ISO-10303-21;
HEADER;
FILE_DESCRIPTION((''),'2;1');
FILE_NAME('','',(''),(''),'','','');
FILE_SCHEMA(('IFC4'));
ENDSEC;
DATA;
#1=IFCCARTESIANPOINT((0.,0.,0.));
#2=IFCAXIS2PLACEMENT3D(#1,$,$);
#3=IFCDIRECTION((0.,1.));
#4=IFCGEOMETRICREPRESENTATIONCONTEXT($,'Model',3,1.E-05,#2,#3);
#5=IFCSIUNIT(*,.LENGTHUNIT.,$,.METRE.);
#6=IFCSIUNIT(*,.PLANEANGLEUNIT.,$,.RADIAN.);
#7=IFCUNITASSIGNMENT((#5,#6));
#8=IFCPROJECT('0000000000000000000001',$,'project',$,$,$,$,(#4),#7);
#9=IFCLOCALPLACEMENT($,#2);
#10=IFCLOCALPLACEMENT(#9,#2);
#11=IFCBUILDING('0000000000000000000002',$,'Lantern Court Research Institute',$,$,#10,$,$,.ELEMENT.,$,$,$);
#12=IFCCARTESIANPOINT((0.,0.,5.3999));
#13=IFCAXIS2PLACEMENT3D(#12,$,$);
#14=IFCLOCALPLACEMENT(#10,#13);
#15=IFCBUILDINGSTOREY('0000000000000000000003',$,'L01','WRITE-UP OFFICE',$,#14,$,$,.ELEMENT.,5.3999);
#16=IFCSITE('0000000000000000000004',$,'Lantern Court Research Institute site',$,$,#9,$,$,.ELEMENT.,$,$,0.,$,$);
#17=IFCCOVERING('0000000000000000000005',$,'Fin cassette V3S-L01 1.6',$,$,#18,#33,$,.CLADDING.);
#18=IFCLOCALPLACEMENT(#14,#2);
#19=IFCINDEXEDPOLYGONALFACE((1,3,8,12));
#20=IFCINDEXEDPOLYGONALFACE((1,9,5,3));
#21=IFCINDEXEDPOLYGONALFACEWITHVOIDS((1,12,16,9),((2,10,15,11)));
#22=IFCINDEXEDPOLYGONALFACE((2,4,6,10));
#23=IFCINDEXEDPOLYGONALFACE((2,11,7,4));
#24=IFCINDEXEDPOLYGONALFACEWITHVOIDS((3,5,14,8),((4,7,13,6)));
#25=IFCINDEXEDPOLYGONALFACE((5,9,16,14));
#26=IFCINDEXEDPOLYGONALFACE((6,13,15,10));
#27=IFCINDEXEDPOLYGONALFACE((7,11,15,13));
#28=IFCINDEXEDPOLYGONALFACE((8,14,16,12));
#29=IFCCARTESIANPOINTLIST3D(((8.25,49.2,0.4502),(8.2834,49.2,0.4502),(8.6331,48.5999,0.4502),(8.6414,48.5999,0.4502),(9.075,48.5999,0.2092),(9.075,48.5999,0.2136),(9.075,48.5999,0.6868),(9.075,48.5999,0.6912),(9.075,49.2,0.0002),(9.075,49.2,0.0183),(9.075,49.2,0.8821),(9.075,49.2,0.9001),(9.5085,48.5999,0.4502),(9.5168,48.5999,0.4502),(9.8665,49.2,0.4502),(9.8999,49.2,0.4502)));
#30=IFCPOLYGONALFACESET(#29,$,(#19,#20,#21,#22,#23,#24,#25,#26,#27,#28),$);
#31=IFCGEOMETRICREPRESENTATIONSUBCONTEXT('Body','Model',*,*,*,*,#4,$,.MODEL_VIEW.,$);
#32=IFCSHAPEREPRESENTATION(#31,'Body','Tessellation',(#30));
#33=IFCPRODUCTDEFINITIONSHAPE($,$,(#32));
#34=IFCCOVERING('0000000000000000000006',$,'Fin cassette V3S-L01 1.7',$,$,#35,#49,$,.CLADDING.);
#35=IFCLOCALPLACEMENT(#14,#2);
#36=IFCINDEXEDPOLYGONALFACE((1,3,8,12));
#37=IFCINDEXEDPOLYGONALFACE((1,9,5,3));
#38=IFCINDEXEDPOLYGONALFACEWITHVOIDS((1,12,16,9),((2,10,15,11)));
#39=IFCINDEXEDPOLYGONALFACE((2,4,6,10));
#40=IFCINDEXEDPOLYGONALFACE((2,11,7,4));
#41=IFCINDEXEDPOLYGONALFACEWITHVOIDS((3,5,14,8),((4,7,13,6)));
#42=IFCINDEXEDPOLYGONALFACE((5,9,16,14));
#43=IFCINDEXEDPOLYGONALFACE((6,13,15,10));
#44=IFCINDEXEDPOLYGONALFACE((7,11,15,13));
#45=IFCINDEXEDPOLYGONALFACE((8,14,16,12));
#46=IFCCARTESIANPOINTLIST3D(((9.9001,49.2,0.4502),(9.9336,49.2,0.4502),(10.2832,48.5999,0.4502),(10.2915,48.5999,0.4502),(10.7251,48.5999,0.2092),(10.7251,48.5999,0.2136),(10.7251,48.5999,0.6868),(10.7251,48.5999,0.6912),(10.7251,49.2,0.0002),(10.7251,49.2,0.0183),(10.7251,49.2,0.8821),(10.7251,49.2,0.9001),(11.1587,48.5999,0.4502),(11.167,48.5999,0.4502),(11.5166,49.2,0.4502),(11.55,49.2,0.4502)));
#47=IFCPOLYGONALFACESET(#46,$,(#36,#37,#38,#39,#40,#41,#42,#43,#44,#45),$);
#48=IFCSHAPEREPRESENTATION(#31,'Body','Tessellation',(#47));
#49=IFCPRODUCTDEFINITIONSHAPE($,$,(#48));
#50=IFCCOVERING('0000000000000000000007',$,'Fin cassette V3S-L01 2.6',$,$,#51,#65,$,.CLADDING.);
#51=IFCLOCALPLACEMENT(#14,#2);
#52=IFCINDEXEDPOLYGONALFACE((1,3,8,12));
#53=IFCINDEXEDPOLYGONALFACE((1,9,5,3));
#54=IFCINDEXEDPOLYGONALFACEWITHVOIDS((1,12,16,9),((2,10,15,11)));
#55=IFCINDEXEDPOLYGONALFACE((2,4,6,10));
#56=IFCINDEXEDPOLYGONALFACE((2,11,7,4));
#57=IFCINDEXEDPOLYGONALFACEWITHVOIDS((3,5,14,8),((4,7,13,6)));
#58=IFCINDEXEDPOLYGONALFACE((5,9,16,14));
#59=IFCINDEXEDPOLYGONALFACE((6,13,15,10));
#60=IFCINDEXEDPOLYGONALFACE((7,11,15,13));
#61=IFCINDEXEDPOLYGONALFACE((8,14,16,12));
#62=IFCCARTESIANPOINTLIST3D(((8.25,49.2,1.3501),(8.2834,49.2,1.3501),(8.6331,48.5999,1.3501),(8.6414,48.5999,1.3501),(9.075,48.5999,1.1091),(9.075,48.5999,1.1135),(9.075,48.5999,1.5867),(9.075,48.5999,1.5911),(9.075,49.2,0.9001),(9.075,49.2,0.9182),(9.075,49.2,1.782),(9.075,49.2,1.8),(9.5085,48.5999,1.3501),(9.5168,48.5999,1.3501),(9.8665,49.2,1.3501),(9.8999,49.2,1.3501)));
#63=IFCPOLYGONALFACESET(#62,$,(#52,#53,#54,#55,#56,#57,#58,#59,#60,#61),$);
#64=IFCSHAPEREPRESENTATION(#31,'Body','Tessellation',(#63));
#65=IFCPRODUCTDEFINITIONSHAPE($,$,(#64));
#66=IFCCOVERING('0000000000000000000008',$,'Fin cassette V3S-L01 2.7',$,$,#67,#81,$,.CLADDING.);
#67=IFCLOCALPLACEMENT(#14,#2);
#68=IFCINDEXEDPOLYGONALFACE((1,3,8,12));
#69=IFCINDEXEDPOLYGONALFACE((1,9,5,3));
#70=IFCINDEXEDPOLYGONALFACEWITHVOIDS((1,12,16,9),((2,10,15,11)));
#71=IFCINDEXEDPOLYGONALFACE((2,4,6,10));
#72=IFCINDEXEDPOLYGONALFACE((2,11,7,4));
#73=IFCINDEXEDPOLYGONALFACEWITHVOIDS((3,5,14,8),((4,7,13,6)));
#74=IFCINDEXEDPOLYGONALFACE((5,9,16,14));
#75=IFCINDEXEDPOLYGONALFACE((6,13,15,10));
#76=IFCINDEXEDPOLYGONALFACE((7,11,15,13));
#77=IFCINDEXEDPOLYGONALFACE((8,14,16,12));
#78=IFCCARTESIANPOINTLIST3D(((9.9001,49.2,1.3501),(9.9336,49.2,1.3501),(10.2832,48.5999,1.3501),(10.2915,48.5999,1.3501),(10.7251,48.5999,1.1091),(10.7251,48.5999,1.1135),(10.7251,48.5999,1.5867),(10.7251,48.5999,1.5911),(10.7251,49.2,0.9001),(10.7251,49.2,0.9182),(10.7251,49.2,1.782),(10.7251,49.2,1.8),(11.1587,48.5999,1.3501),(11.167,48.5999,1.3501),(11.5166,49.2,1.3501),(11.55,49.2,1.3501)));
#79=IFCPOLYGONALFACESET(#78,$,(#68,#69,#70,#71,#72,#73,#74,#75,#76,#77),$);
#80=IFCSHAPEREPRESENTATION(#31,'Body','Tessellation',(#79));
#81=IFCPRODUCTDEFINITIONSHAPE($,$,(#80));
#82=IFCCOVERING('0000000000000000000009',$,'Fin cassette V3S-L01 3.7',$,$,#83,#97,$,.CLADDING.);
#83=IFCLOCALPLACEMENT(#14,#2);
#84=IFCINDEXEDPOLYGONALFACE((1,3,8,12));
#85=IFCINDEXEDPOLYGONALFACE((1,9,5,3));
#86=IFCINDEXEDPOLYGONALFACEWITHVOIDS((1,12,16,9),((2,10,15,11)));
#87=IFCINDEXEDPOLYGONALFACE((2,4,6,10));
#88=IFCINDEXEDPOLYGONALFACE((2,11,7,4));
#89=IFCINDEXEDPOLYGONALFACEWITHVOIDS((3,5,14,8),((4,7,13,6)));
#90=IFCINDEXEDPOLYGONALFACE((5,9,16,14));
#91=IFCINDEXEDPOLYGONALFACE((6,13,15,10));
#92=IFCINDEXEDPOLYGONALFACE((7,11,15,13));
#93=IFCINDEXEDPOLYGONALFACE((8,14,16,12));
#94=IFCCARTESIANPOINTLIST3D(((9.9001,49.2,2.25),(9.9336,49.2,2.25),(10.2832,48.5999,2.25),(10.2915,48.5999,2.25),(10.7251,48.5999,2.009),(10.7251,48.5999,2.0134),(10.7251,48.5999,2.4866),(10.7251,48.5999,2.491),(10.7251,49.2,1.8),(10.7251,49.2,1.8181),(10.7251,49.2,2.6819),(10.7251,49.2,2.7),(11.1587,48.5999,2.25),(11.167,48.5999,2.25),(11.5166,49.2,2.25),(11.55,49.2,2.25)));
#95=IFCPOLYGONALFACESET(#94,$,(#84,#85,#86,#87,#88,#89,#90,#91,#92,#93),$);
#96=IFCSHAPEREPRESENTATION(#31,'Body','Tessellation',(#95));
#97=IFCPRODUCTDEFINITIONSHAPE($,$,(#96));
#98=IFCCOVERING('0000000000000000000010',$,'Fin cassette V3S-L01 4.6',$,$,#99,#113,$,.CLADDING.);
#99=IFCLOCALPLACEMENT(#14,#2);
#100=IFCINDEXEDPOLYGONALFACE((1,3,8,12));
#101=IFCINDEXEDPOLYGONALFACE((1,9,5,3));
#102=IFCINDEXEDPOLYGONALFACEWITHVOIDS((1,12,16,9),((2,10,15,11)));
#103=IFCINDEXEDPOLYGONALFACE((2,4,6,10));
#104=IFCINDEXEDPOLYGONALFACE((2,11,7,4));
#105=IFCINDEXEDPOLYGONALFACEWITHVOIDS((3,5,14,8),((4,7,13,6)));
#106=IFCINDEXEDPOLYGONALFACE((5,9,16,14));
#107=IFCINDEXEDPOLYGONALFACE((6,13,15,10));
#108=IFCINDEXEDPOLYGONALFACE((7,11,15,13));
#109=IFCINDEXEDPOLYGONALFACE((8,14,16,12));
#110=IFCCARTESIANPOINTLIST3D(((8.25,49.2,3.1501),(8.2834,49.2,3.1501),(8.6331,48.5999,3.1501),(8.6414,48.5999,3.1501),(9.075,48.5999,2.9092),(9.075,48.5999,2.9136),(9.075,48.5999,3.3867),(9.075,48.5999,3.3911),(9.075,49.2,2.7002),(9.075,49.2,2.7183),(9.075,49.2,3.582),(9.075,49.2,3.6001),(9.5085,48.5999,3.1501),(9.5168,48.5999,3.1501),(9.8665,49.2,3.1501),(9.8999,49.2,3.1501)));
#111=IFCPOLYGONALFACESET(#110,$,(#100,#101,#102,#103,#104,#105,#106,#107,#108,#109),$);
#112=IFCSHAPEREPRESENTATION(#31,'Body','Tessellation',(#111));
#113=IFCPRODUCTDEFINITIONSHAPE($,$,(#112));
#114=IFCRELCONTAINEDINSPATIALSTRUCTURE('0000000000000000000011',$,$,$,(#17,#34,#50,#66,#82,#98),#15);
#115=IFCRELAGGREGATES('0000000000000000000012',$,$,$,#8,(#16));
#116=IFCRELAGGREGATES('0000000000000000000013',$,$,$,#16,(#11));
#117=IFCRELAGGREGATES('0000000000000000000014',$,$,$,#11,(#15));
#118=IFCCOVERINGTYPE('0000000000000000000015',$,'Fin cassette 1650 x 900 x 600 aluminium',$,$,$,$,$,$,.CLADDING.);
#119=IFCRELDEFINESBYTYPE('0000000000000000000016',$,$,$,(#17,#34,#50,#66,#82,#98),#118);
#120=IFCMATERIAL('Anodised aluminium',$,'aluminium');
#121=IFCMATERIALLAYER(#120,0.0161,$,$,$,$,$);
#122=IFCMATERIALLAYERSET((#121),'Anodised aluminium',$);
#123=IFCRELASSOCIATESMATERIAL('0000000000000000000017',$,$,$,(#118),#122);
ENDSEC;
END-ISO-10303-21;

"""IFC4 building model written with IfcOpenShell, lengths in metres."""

from ifc_helpers import new_model, entity, si_unit, direction, frame, origin, place, context, subcontext, project, spatial, material, layer, layer_set, type_object, element, save


model = new_model("IFC4")

# Units and contexts
model_context = context("Model", 3, precision=1e-05, world=origin(), true_north=direction((0.0, 1.0)))
body_context = subcontext(model_context, "Body", "Model", "MODEL_VIEW")
ifc_project = project(units=[si_unit("LENGTHUNIT", "METRE"), si_unit("PLANEANGLEUNIT", "RADIAN")], contexts=[model_context])

# Site, building, storey
site_placement = place(None, origin())
site = spatial("IfcSite", under=ifc_project, at=site_placement, Name="Lantern Court Research Institute site", CompositionType="ELEMENT", RefElevation=0.0)
building_placement = place(site_placement, origin())
building = spatial("IfcBuilding", under=site, at=building_placement, Name="Lantern Court Research Institute", CompositionType="ELEMENT")
storey_placement = place(building_placement, frame((0.0, 0.0, 5.3999)))
storey = spatial("IfcBuildingStorey", under=building, at=storey_placement, Name="L01", Description="WRITE-UP OFFICE", CompositionType="ELEMENT", Elevation=5.3999)

# Coverings
ifc_material_1 = material(Name="Anodised aluminium", Category="aluminium")
ifc_layer_1 = layer(ifc_material_1, 0.0161)
ifc_layer_set_1 = layer_set([ifc_layer_1], Name="Anodised aluminium")
covering_type_1 = type_object("IfcCoveringType", Name="Fin cassette 1650 x 900 x 600 aluminium", PredefinedType="CLADDING", material=ifc_layer_set_1)
covering_1_placement = place(storey_placement, frame((9.075, 49.2, 0.4502), z_axis=(0.0, -1.0, 0.0), x_axis=(1.0, 0.0, 0.0)))
cartesian_point_1 = entity("IfcCartesianPoint", [0.825, 0.0])
cartesian_point_2 = entity("IfcCartesianPoint", [0.7915, 0.0])
cartesian_point_3 = entity("IfcCartesianPoint", [0.4419, 0.0])
cartesian_point_4 = entity("IfcCartesianPoint", [0.4336, 0.0])
element("IfcCovering", 1, at=covering_1_placement, inside=storey, type_object=covering_type_1, Name="Fin cassette V3S-L01 1.6", PredefinedType="CLADDING", context=body_context, shape_type="SweptSolid", body=[
    entity("IfcExtrudedAreaSolidTapered", entity("IfcArbitraryProfileDefWithVoids", "AREA", None, entity("IfcPolyline", [cartesian_point_1, entity("IfcCartesianPoint", [0.0, 0.45]), entity("IfcCartesianPoint", [-0.825, 0.0]), entity("IfcCartesianPoint", [0.0, -0.45]), cartesian_point_1]), [entity("IfcPolyline", [cartesian_point_2, entity("IfcCartesianPoint", [0.0, 0.4319]), entity("IfcCartesianPoint", [-0.7915, 0.0]), entity("IfcCartesianPoint", [0.0, -0.4319]), cartesian_point_2])]), entity("IfcAxis2Placement3D", entity("IfcCartesianPoint", [0.0, 0.0, 0.0])), entity("IfcDirection", [0.0, 0.0, 1.0]), 0.6001, entity("IfcArbitraryProfileDefWithVoids", "AREA", None, entity("IfcPolyline", [cartesian_point_3, entity("IfcCartesianPoint", [0.0, 0.241]), entity("IfcCartesianPoint", [-0.4419, 0.0]), entity("IfcCartesianPoint", [0.0, -0.241]), cartesian_point_3]), [entity("IfcPolyline", [cartesian_point_4, entity("IfcCartesianPoint", [0.0, 0.2366]), entity("IfcCartesianPoint", [-0.4336, 0.0]), entity("IfcCartesianPoint", [0.0, -0.2366]), cartesian_point_4])])),
])
covering_2_placement = place(storey_placement, frame((10.7251, 49.2, 0.4502), z_axis=(0.0, -1.0, 0.0), x_axis=(1.0, 0.0, 0.0)))
cartesian_point_5 = entity("IfcCartesianPoint", [0.825, 0.0])
cartesian_point_6 = entity("IfcCartesianPoint", [0.7915, 0.0])
cartesian_point_7 = entity("IfcCartesianPoint", [0.4419, 0.0])
cartesian_point_8 = entity("IfcCartesianPoint", [0.4336, 0.0])
element("IfcCovering", 2, at=covering_2_placement, inside=storey, type_object=covering_type_1, Name="Fin cassette V3S-L01 1.7", PredefinedType="CLADDING", context=body_context, shape_type="SweptSolid", body=[
    entity("IfcExtrudedAreaSolidTapered", entity("IfcArbitraryProfileDefWithVoids", "AREA", None, entity("IfcPolyline", [cartesian_point_5, entity("IfcCartesianPoint", [0.0, 0.45]), entity("IfcCartesianPoint", [-0.825, 0.0]), entity("IfcCartesianPoint", [0.0, -0.45]), cartesian_point_5]), [entity("IfcPolyline", [cartesian_point_6, entity("IfcCartesianPoint", [0.0, 0.4319]), entity("IfcCartesianPoint", [-0.7915, 0.0]), entity("IfcCartesianPoint", [0.0, -0.4319]), cartesian_point_6])]), entity("IfcAxis2Placement3D", entity("IfcCartesianPoint", [0.0, 0.0, 0.0])), entity("IfcDirection", [0.0, 0.0, 1.0]), 0.6001, entity("IfcArbitraryProfileDefWithVoids", "AREA", None, entity("IfcPolyline", [cartesian_point_7, entity("IfcCartesianPoint", [0.0, 0.241]), entity("IfcCartesianPoint", [-0.4419, 0.0]), entity("IfcCartesianPoint", [0.0, -0.241]), cartesian_point_7]), [entity("IfcPolyline", [cartesian_point_8, entity("IfcCartesianPoint", [0.0, 0.2366]), entity("IfcCartesianPoint", [-0.4336, 0.0]), entity("IfcCartesianPoint", [0.0, -0.2366]), cartesian_point_8])])),
])
covering_3_placement = place(storey_placement, frame((9.075, 49.2, 1.3501), z_axis=(0.0, -1.0, 0.0), x_axis=(1.0, 0.0, 0.0)))
cartesian_point_9 = entity("IfcCartesianPoint", [0.825, 0.0])
cartesian_point_10 = entity("IfcCartesianPoint", [0.7915, 0.0])
cartesian_point_11 = entity("IfcCartesianPoint", [0.4419, 0.0])
cartesian_point_12 = entity("IfcCartesianPoint", [0.4336, 0.0])
element("IfcCovering", 3, at=covering_3_placement, inside=storey, type_object=covering_type_1, Name="Fin cassette V3S-L01 2.6", PredefinedType="CLADDING", context=body_context, shape_type="SweptSolid", body=[
    entity("IfcExtrudedAreaSolidTapered", entity("IfcArbitraryProfileDefWithVoids", "AREA", None, entity("IfcPolyline", [cartesian_point_9, entity("IfcCartesianPoint", [0.0, 0.45]), entity("IfcCartesianPoint", [-0.825, 0.0]), entity("IfcCartesianPoint", [0.0, -0.45]), cartesian_point_9]), [entity("IfcPolyline", [cartesian_point_10, entity("IfcCartesianPoint", [0.0, 0.4319]), entity("IfcCartesianPoint", [-0.7915, 0.0]), entity("IfcCartesianPoint", [0.0, -0.4319]), cartesian_point_10])]), entity("IfcAxis2Placement3D", entity("IfcCartesianPoint", [0.0, 0.0, 0.0])), entity("IfcDirection", [0.0, 0.0, 1.0]), 0.6001, entity("IfcArbitraryProfileDefWithVoids", "AREA", None, entity("IfcPolyline", [cartesian_point_11, entity("IfcCartesianPoint", [0.0, 0.241]), entity("IfcCartesianPoint", [-0.4419, 0.0]), entity("IfcCartesianPoint", [0.0, -0.241]), cartesian_point_11]), [entity("IfcPolyline", [cartesian_point_12, entity("IfcCartesianPoint", [0.0, 0.2366]), entity("IfcCartesianPoint", [-0.4336, 0.0]), entity("IfcCartesianPoint", [0.0, -0.2366]), cartesian_point_12])])),
])
covering_4_placement = place(storey_placement, frame((10.7251, 49.2, 1.3501), z_axis=(0.0, -1.0, 0.0), x_axis=(1.0, 0.0, 0.0)))
cartesian_point_13 = entity("IfcCartesianPoint", [0.825, 0.0])
cartesian_point_14 = entity("IfcCartesianPoint", [0.7915, 0.0])
cartesian_point_15 = entity("IfcCartesianPoint", [0.4419, 0.0])
cartesian_point_16 = entity("IfcCartesianPoint", [0.4336, 0.0])
element("IfcCovering", 4, at=covering_4_placement, inside=storey, type_object=covering_type_1, Name="Fin cassette V3S-L01 2.7", PredefinedType="CLADDING", context=body_context, shape_type="SweptSolid", body=[
    entity("IfcExtrudedAreaSolidTapered", entity("IfcArbitraryProfileDefWithVoids", "AREA", None, entity("IfcPolyline", [cartesian_point_13, entity("IfcCartesianPoint", [0.0, 0.45]), entity("IfcCartesianPoint", [-0.825, 0.0]), entity("IfcCartesianPoint", [0.0, -0.45]), cartesian_point_13]), [entity("IfcPolyline", [cartesian_point_14, entity("IfcCartesianPoint", [0.0, 0.4319]), entity("IfcCartesianPoint", [-0.7915, 0.0]), entity("IfcCartesianPoint", [0.0, -0.4319]), cartesian_point_14])]), entity("IfcAxis2Placement3D", entity("IfcCartesianPoint", [0.0, 0.0, 0.0])), entity("IfcDirection", [0.0, 0.0, 1.0]), 0.6001, entity("IfcArbitraryProfileDefWithVoids", "AREA", None, entity("IfcPolyline", [cartesian_point_15, entity("IfcCartesianPoint", [0.0, 0.241]), entity("IfcCartesianPoint", [-0.4419, 0.0]), entity("IfcCartesianPoint", [0.0, -0.241]), cartesian_point_15]), [entity("IfcPolyline", [cartesian_point_16, entity("IfcCartesianPoint", [0.0, 0.2366]), entity("IfcCartesianPoint", [-0.4336, 0.0]), entity("IfcCartesianPoint", [0.0, -0.2366]), cartesian_point_16])])),
])
covering_5_placement = place(storey_placement, frame((10.7251, 49.2, 2.25), z_axis=(0.0, -1.0, 0.0), x_axis=(1.0, 0.0, 0.0)))
cartesian_point_17 = entity("IfcCartesianPoint", [0.825, 0.0])
cartesian_point_18 = entity("IfcCartesianPoint", [0.7915, 0.0])
cartesian_point_19 = entity("IfcCartesianPoint", [0.4419, 0.0])
cartesian_point_20 = entity("IfcCartesianPoint", [0.4336, 0.0])
element("IfcCovering", 5, at=covering_5_placement, inside=storey, type_object=covering_type_1, Name="Fin cassette V3S-L01 3.7", PredefinedType="CLADDING", context=body_context, shape_type="SweptSolid", body=[
    entity("IfcExtrudedAreaSolidTapered", entity("IfcArbitraryProfileDefWithVoids", "AREA", None, entity("IfcPolyline", [cartesian_point_17, entity("IfcCartesianPoint", [0.0, 0.45]), entity("IfcCartesianPoint", [-0.825, 0.0]), entity("IfcCartesianPoint", [0.0, -0.45]), cartesian_point_17]), [entity("IfcPolyline", [cartesian_point_18, entity("IfcCartesianPoint", [0.0, 0.4319]), entity("IfcCartesianPoint", [-0.7915, 0.0]), entity("IfcCartesianPoint", [0.0, -0.4319]), cartesian_point_18])]), entity("IfcAxis2Placement3D", entity("IfcCartesianPoint", [0.0, 0.0, 0.0])), entity("IfcDirection", [0.0, 0.0, 1.0]), 0.6001, entity("IfcArbitraryProfileDefWithVoids", "AREA", None, entity("IfcPolyline", [cartesian_point_19, entity("IfcCartesianPoint", [0.0, 0.241]), entity("IfcCartesianPoint", [-0.4419, 0.0]), entity("IfcCartesianPoint", [0.0, -0.241]), cartesian_point_19]), [entity("IfcPolyline", [cartesian_point_20, entity("IfcCartesianPoint", [0.0, 0.2366]), entity("IfcCartesianPoint", [-0.4336, 0.0]), entity("IfcCartesianPoint", [0.0, -0.2366]), cartesian_point_20])])),
])
covering_6_placement = place(storey_placement, frame((9.075, 49.2, 3.1501), z_axis=(0.0, -1.0, 0.0), x_axis=(1.0, 0.0, 0.0)))
cartesian_point_21 = entity("IfcCartesianPoint", [0.825, 0.0])
cartesian_point_22 = entity("IfcCartesianPoint", [0.7915, 0.0])
cartesian_point_23 = entity("IfcCartesianPoint", [0.4419, 0.0])
cartesian_point_24 = entity("IfcCartesianPoint", [0.4336, 0.0])
element("IfcCovering", 6, at=covering_6_placement, inside=storey, type_object=covering_type_1, Name="Fin cassette V3S-L01 4.6", PredefinedType="CLADDING", context=body_context, shape_type="SweptSolid", body=[
    entity("IfcExtrudedAreaSolidTapered", entity("IfcArbitraryProfileDefWithVoids", "AREA", None, entity("IfcPolyline", [cartesian_point_21, entity("IfcCartesianPoint", [0.0, 0.45]), entity("IfcCartesianPoint", [-0.825, 0.0]), entity("IfcCartesianPoint", [0.0, -0.45]), cartesian_point_21]), [entity("IfcPolyline", [cartesian_point_22, entity("IfcCartesianPoint", [0.0, 0.4319]), entity("IfcCartesianPoint", [-0.7915, 0.0]), entity("IfcCartesianPoint", [0.0, -0.4319]), cartesian_point_22])]), entity("IfcAxis2Placement3D", entity("IfcCartesianPoint", [0.0, 0.0, 0.0])), entity("IfcDirection", [0.0, 0.0, 1.0]), 0.6001, entity("IfcArbitraryProfileDefWithVoids", "AREA", None, entity("IfcPolyline", [cartesian_point_23, entity("IfcCartesianPoint", [0.0, 0.241]), entity("IfcCartesianPoint", [-0.4419, 0.0]), entity("IfcCartesianPoint", [0.0, -0.241]), cartesian_point_23]), [entity("IfcPolyline", [cartesian_point_24, entity("IfcCartesianPoint", [0.0, 0.2366]), entity("IfcCartesianPoint", [-0.4336, 0.0]), entity("IfcCartesianPoint", [0.0, -0.2366]), cartesian_point_24])])),
])

save(model, "model.ifc")
